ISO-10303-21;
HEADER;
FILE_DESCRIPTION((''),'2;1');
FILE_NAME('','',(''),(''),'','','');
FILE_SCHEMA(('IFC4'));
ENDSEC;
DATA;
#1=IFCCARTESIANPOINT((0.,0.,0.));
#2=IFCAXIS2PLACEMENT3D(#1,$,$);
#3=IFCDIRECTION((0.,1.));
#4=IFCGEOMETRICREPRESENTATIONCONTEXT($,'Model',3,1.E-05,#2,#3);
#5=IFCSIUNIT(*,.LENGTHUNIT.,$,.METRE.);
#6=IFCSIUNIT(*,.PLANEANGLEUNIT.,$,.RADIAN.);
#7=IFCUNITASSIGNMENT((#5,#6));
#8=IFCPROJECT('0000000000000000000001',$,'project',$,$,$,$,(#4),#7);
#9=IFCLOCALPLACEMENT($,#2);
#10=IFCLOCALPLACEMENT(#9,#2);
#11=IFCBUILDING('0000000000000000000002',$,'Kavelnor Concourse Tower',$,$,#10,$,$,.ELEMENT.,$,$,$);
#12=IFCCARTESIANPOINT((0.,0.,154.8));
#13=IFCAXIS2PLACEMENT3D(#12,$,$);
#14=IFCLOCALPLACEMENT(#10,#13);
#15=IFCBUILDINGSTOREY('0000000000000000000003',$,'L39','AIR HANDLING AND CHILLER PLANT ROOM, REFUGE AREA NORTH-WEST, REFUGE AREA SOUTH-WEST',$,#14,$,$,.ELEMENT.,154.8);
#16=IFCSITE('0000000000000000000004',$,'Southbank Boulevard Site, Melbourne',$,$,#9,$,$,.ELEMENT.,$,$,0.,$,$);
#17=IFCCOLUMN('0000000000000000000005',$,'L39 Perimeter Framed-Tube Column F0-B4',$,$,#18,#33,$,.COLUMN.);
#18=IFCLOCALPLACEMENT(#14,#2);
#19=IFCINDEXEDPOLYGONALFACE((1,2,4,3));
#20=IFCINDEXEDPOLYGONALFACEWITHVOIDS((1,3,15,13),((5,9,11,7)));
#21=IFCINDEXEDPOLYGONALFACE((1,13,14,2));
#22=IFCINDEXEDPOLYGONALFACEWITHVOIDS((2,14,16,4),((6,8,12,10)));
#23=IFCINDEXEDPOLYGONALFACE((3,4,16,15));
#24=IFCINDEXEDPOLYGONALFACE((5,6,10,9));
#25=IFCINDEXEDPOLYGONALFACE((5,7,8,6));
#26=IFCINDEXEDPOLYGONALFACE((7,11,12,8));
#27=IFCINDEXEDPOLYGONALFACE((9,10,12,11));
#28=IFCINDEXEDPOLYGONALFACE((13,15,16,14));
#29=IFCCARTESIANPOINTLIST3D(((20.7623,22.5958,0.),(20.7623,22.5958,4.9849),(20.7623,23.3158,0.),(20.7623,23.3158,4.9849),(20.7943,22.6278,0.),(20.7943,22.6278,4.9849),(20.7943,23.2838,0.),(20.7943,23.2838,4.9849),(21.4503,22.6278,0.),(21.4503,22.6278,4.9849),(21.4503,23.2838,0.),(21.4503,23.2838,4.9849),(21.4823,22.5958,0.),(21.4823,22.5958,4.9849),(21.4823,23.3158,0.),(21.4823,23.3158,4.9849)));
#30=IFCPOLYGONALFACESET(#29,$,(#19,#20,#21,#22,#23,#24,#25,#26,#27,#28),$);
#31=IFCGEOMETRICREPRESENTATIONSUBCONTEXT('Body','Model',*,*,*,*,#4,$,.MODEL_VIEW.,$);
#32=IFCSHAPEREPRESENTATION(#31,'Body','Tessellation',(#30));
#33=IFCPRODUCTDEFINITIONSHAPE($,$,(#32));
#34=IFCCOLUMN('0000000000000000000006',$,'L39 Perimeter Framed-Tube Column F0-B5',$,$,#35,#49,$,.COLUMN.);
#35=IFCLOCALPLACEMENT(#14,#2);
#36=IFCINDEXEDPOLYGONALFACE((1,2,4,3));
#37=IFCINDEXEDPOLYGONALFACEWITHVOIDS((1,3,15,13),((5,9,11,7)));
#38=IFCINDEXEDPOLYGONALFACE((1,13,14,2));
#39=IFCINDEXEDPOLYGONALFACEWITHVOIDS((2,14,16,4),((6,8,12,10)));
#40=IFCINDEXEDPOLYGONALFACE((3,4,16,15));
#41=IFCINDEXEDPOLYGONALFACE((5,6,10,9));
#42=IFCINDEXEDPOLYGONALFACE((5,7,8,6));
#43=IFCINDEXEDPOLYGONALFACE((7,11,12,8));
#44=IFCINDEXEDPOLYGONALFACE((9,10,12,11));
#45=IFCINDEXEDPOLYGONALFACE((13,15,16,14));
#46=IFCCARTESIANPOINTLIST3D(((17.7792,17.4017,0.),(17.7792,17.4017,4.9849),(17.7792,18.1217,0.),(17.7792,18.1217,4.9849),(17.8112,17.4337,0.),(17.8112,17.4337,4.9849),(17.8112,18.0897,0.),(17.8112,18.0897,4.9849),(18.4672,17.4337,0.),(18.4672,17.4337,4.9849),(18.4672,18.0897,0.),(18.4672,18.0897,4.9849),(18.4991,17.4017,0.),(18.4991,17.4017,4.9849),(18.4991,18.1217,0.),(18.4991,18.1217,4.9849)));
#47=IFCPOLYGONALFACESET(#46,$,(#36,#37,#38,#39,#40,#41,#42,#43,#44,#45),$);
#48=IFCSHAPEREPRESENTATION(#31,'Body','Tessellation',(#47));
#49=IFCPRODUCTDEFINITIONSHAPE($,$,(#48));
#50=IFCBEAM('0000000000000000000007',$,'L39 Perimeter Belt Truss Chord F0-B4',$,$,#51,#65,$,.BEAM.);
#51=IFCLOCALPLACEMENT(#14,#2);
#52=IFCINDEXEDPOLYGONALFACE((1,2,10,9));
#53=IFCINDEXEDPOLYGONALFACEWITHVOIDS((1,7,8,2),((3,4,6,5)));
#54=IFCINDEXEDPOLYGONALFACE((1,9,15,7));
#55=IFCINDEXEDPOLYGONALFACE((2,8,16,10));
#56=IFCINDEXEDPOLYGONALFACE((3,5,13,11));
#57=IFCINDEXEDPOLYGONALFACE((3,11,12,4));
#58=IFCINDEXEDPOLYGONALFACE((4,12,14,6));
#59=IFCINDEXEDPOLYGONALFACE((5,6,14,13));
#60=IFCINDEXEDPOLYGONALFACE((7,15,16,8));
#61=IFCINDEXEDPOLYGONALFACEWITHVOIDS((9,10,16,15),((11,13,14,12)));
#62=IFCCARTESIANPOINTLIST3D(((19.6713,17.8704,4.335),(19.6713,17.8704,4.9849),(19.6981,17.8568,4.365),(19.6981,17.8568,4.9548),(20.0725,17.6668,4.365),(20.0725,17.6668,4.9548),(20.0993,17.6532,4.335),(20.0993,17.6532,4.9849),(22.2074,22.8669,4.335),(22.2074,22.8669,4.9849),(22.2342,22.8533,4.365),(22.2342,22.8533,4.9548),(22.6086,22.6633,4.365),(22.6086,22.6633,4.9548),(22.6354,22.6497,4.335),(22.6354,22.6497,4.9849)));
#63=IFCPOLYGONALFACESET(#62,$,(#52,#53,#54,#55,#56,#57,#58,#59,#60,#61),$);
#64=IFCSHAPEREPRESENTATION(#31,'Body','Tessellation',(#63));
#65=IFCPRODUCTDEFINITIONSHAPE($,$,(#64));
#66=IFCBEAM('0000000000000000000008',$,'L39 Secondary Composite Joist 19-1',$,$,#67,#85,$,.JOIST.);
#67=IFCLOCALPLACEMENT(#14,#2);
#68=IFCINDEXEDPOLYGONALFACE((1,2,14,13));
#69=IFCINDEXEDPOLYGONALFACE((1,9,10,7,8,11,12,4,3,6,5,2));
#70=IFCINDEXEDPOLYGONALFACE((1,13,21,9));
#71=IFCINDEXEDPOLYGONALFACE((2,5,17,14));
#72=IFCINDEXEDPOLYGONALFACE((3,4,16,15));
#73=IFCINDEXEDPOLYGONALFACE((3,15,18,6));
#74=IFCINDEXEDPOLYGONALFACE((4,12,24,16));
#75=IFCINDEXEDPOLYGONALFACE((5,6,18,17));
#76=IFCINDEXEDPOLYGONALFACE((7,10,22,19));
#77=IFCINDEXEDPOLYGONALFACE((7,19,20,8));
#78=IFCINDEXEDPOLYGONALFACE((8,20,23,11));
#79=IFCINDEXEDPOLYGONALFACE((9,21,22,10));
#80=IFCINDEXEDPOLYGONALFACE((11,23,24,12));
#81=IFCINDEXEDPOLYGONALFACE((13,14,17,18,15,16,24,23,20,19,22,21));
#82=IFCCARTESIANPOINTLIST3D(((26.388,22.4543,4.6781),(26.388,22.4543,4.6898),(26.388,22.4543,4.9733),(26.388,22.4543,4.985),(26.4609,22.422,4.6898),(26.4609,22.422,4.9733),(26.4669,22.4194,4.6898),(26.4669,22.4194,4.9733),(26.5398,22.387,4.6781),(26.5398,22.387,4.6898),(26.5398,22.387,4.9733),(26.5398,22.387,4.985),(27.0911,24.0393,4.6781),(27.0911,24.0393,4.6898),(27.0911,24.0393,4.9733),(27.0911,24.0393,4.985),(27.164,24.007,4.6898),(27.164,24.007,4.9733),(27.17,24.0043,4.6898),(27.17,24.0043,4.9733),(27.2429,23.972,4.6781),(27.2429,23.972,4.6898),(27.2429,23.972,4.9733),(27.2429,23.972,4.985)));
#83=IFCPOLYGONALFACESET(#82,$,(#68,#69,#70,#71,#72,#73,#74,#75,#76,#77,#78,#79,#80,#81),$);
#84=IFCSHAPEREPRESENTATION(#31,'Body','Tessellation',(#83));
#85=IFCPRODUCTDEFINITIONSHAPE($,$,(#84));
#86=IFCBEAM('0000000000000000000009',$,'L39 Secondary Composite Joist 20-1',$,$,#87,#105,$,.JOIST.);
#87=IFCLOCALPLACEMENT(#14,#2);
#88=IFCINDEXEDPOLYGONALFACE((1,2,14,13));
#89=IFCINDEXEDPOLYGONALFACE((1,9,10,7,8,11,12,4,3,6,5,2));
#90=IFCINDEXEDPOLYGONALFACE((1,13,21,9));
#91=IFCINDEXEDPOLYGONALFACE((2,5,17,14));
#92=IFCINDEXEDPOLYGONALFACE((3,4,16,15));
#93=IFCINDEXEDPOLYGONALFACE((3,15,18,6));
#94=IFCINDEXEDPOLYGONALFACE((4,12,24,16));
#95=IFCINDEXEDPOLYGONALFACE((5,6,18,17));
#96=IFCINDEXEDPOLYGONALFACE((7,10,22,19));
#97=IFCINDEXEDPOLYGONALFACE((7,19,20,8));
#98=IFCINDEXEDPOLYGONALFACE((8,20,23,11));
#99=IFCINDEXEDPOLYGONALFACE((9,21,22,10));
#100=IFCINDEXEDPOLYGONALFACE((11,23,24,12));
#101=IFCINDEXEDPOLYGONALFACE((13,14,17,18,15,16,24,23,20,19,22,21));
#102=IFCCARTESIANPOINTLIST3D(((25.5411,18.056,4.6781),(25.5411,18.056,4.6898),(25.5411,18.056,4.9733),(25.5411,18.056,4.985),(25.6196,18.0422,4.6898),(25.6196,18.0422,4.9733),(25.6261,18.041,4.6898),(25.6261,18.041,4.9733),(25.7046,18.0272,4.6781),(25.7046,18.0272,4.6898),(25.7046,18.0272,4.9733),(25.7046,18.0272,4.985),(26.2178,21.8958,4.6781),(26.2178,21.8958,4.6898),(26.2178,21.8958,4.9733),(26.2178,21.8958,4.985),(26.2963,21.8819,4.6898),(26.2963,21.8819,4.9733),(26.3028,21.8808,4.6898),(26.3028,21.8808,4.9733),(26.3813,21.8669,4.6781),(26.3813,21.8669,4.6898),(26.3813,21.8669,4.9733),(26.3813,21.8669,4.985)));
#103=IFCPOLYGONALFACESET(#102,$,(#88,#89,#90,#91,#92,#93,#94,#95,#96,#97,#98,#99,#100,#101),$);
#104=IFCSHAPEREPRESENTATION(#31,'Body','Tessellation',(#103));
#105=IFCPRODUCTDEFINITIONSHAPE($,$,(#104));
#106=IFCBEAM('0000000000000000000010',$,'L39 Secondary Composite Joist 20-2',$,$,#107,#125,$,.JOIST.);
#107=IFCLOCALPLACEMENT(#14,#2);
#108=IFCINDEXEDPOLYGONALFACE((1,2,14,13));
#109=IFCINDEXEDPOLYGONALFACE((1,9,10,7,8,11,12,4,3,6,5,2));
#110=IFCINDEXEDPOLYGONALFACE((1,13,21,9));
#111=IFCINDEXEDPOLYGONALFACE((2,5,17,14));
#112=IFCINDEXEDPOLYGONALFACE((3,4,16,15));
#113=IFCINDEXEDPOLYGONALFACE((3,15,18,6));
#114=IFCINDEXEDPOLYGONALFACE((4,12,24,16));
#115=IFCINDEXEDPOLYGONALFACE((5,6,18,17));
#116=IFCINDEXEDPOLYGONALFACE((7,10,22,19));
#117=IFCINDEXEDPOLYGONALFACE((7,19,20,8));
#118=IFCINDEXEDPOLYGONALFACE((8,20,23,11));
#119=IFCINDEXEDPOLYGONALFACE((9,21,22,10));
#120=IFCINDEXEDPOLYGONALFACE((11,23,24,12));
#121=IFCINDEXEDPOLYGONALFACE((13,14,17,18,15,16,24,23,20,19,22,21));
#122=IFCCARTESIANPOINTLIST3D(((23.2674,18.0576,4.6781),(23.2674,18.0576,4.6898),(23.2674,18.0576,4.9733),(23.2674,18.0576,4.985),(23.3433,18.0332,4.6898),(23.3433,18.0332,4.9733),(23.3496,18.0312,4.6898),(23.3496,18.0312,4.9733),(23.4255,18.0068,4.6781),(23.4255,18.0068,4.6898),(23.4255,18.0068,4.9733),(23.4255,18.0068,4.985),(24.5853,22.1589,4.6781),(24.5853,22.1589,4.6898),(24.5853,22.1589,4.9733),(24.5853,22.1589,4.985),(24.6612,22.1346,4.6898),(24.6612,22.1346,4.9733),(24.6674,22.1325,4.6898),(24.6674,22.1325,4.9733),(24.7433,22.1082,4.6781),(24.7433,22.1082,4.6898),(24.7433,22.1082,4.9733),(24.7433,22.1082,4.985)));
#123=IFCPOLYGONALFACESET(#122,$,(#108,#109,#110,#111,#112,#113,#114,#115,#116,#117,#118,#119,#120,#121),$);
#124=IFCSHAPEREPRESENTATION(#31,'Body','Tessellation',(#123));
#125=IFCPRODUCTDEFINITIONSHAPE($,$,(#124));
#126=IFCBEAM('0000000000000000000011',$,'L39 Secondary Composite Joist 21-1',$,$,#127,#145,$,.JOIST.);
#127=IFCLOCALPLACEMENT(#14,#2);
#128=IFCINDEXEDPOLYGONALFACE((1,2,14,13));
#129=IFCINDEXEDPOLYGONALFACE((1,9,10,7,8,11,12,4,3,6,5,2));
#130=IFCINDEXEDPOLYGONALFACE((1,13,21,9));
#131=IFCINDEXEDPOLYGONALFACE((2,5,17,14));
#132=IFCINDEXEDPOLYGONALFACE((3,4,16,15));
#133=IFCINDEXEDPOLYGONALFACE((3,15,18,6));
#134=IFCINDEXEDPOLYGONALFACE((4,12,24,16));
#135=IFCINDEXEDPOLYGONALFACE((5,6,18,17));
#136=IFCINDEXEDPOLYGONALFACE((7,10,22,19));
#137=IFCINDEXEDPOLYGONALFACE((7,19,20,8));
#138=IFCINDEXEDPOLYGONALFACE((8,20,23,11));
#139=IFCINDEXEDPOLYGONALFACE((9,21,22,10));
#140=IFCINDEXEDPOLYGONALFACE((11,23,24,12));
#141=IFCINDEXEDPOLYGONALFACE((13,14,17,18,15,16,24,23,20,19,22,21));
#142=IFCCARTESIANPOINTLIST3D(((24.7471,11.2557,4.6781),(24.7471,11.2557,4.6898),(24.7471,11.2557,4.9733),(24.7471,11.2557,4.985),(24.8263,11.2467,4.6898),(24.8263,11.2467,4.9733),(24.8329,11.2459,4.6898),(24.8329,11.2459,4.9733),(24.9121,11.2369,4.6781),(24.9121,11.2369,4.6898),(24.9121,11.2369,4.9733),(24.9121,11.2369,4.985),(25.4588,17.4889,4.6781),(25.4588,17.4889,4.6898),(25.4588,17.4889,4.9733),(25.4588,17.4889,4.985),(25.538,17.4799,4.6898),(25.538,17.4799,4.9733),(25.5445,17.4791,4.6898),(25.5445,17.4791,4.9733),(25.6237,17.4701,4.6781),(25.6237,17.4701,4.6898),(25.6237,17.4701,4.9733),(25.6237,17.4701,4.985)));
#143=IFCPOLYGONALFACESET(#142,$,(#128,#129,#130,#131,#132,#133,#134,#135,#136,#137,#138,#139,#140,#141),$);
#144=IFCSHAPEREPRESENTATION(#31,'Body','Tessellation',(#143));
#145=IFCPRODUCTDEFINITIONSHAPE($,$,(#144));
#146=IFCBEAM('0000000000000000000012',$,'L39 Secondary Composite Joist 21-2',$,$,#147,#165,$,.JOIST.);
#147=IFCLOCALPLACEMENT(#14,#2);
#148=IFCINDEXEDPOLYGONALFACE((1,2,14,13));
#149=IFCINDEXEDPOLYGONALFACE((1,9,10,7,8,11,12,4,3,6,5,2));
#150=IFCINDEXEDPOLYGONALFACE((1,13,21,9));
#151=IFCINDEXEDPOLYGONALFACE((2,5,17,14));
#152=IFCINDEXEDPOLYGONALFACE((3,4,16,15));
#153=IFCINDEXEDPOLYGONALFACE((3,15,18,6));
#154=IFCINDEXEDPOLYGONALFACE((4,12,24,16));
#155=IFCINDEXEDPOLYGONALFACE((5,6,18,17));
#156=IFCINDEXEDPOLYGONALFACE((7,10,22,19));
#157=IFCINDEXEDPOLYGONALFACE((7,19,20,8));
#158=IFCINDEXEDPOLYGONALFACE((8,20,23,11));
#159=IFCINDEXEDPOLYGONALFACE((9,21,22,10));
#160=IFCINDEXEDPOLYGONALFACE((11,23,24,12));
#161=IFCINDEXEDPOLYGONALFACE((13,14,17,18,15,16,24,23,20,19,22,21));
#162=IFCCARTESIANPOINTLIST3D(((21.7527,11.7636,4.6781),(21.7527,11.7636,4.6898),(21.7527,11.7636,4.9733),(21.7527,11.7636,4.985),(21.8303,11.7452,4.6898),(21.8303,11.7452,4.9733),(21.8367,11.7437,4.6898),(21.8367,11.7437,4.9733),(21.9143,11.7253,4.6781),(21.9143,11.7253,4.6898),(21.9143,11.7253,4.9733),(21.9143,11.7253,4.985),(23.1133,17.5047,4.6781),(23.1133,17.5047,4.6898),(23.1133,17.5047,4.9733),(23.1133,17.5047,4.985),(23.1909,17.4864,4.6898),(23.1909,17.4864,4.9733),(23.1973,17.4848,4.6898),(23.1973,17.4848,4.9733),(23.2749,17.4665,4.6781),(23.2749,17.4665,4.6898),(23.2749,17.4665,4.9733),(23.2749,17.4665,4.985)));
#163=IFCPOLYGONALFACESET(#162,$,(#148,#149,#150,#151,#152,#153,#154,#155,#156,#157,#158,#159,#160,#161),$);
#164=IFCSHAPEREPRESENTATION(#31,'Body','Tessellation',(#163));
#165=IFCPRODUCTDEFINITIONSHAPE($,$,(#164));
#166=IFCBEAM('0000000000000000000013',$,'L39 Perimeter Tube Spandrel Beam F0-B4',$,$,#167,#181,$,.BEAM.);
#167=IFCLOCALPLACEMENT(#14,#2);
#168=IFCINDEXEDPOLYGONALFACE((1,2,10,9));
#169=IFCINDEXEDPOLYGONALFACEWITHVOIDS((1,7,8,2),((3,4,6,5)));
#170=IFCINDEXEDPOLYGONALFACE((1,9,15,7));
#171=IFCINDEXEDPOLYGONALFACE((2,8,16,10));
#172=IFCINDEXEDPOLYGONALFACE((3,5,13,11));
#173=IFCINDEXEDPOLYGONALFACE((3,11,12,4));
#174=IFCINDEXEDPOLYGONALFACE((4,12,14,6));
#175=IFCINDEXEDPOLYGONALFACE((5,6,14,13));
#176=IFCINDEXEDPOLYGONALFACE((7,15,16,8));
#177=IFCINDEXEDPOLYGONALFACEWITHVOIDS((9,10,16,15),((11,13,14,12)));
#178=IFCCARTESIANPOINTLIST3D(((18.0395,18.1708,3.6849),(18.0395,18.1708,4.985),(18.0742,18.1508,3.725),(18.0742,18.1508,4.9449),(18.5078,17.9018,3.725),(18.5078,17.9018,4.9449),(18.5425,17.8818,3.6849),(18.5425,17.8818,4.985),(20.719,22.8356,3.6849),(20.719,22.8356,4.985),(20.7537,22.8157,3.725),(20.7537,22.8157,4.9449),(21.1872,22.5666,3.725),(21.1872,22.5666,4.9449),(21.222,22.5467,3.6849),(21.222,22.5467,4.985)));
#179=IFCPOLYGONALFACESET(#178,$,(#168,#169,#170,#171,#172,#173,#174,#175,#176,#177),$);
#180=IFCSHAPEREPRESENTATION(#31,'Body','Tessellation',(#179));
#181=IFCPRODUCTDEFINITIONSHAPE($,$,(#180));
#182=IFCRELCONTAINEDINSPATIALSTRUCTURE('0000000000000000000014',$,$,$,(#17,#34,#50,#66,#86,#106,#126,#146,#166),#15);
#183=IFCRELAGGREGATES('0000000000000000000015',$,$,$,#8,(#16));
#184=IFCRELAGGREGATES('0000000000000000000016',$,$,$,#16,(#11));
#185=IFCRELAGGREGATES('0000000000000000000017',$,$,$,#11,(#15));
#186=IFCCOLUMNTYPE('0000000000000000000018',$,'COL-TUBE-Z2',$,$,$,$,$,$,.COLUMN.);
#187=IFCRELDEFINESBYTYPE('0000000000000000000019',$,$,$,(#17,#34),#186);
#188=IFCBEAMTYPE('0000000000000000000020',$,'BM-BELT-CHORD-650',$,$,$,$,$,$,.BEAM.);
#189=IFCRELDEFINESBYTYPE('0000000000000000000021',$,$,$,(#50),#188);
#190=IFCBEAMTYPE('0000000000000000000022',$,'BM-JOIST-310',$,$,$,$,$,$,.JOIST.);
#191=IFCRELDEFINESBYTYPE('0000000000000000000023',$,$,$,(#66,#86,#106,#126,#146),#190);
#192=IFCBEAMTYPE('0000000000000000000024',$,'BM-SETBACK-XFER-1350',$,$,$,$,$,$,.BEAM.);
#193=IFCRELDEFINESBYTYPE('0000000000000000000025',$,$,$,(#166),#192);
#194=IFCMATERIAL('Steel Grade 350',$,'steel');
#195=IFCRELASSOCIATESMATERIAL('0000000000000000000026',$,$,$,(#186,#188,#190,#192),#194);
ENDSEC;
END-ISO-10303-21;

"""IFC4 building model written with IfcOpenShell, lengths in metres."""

from ifc_helpers import new_model, si_unit, direction, frame, origin, origin_2d, place, context, subcontext, project, spatial, hollow_rectangle, i_section, extrude, material, material_profile, profile_set, type_object, element, save


model = new_model("IFC4")

# Units and contexts
model_context = context("Model", 3, precision=1e-05, world=origin(), true_north=direction((0.0, 1.0)))
body_context = subcontext(model_context, "Body", "Model", "MODEL_VIEW")
ifc_project = project(units=[si_unit("LENGTHUNIT", "METRE"), si_unit("PLANEANGLEUNIT", "RADIAN")], contexts=[model_context])

# Site, building, storey
site_placement = place(None, origin())
site = spatial("IfcSite", under=ifc_project, at=site_placement, Name="Southbank Boulevard Site, Melbourne", CompositionType="ELEMENT", RefElevation=0.0)
building_placement = place(site_placement, origin())
building = spatial("IfcBuilding", under=site, at=building_placement, Name="Kavelnor Concourse Tower", CompositionType="ELEMENT")
storey_placement = place(building_placement, frame((0.0, 0.0, 154.8)))
storey = spatial("IfcBuildingStorey", under=building, at=storey_placement, Name="L39", Description="AIR HANDLING AND CHILLER PLANT ROOM, REFUGE AREA NORTH-WEST, REFUGE AREA SOUTH-WEST", CompositionType="ELEMENT", Elevation=154.8)

# Columns
ifc_material_1 = material(Name="Steel Grade 350", Category="steel")
ifc_material_profile_1 = material_profile(ifc_material_1, hollow_rectangle(XDim=0.72, YDim=0.72, WallThickness=0.032, at=origin_2d()), Name="SHS 720x720x32")
ifc_profile_set_1 = profile_set([ifc_material_profile_1], Name="Steel Grade 350")
column_type = type_object("IfcColumnType", Name="COL-TUBE-Z2", PredefinedType="COLUMN", material=ifc_profile_set_1)
for number, where, z_axis, x_axis, name in (
    (1, (21.1223, 22.9558, 0.0), (0.0, 0.0, 1.0), (1.0, 0.0, 0.0), "L39 Perimeter Framed-Tube Column F0-B4"),
    (2, (18.1392, 17.7617, 0.0), (0.0, 0.0, 1.0), (1.0, 0.0, 0.0), "L39 Perimeter Framed-Tube Column F0-B5"),
):
    element("IfcColumn", number, at=place(storey_placement, frame(where, z_axis=z_axis, x_axis=x_axis)), inside=storey, type_object=column_type, Name=name, PredefinedType="COLUMN", context=body_context, shape_type="SweptSolid", body=[
        extrude(hollow_rectangle(XDim=0.72, YDim=0.72, WallThickness=0.032, at=origin_2d()), origin(), (0.0, 0.0, 1.0), 4.9849),
    ])

# Beams
ifc_material_profile_2 = material_profile(ifc_material_1, hollow_rectangle(XDim=0.48, YDim=0.6499, WallThickness=0.03, at=origin_2d()), Name="RHS 650x480x30")
ifc_profile_set_2 = profile_set([ifc_material_profile_2], Name="Steel Grade 350")
beam_type_1 = type_object("IfcBeamType", Name="BM-BELT-CHORD-650", PredefinedType="BEAM", material=ifc_profile_set_2)
beam_1_placement = place(storey_placement, frame((22.4214, 22.7583, 4.6599), z_axis=(-0.452608, -0.89171, 0.0), x_axis=(0.89171, -0.452608, 0.0)))
element("IfcBeam", 3, at=beam_1_placement, inside=storey, type_object=beam_type_1, Name="L39 Perimeter Belt Truss Chord F0-B4", PredefinedType="BEAM", context=body_context, shape_type="SweptSolid", body=[
    extrude(hollow_rectangle(XDim=0.48, YDim=0.6499, WallThickness=0.03, at=origin_2d()), origin(), (0.0, 0.0, 1.0), 5.6033),
])
ifc_material_profile_3 = material_profile(ifc_material_1, i_section(OverallWidth=0.166, OverallDepth=0.3069, WebThickness=0.0066, FlangeThickness=0.0117, at=origin_2d()), Name="310UB46")
ifc_profile_set_3 = profile_set([ifc_material_profile_3], Name="Steel Grade 350")
beam_type_2 = type_object("IfcBeamType", Name="BM-JOIST-310", PredefinedType="JOIST", material=ifc_profile_set_3)
beam_2_placement = place(storey_placement, frame((27.167, 24.0056, 4.8315), z_axis=(-0.405511, -0.91409, 0.0), x_axis=(0.91409, -0.405511, 0.0)))
element("IfcBeam", 4, at=beam_2_placement, inside=storey, type_object=beam_type_2, Name="L39 Secondary Composite Joist 19-1", PredefinedType="JOIST", context=body_context, shape_type="SweptSolid", body=[
    extrude(i_section(OverallWidth=0.166, OverallDepth=0.3069, WebThickness=0.0066, FlangeThickness=0.0117, at=origin_2d()), origin(), (0.0, 0.0, 1.0), 1.7339),
])
beam_3_placement = place(storey_placement, frame((26.2996, 21.8813, 4.8315), z_axis=(-0.173571, -0.984821, 0.0), x_axis=(0.984821, -0.173571, 0.0)))
element("IfcBeam", 5, at=beam_3_placement, inside=storey, type_object=beam_type_2, Name="L39 Secondary Composite Joist 20-1", PredefinedType="JOIST", context=body_context, shape_type="SweptSolid", body=[
    extrude(i_section(OverallWidth=0.166, OverallDepth=0.3069, WebThickness=0.0066, FlangeThickness=0.0117, at=origin_2d()), origin(), (0.0, 0.0, 1.0), 3.8989),
])
beam_4_placement = place(storey_placement, frame((24.6643, 22.1335, 4.8315), z_axis=(-0.305923, -0.952056, 0.0), x_axis=(0.952056, -0.305923, 0.0)))
element("IfcBeam", 6, at=beam_4_placement, inside=storey, type_object=beam_type_2, Name="L39 Secondary Composite Joist 20-2", PredefinedType="JOIST", context=body_context, shape_type="SweptSolid", body=[
    extrude(i_section(OverallWidth=0.166, OverallDepth=0.3069, WebThickness=0.0066, FlangeThickness=0.0117, at=origin_2d()), origin(), (0.0, 0.0, 1.0), 4.3079),
])
beam_5_placement = place(storey_placement, frame((25.5413, 17.4795, 4.8315), z_axis=(-0.113438, -0.993545, 0.0), x_axis=(0.993545, -0.113438, 0.0)))
element("IfcBeam", 7, at=beam_5_placement, inside=storey, type_object=beam_type_2, Name="L39 Secondary Composite Joist 21-1", PredefinedType="JOIST", context=body_context, shape_type="SweptSolid", body=[
    extrude(i_section(OverallWidth=0.166, OverallDepth=0.3069, WebThickness=0.0066, FlangeThickness=0.0117, at=origin_2d()), origin(), (0.0, 0.0, 1.0), 6.2737),
])
beam_6_placement = place(storey_placement, frame((23.1941, 17.4856, 4.8315), z_axis=(-0.2306, -0.973049, 0.0), x_axis=(0.973049, -0.2306, 0.0)))
element("IfcBeam", 8, at=beam_6_placement, inside=storey, type_object=beam_type_2, Name="L39 Secondary Composite Joist 21-2", PredefinedType="JOIST", context=body_context, shape_type="SweptSolid", body=[
    extrude(i_section(OverallWidth=0.166, OverallDepth=0.3069, WebThickness=0.0066, FlangeThickness=0.0117, at=origin_2d()), origin(), (0.0, 0.0, 1.0), 5.9001),
])
ifc_material_profile_4 = material_profile(ifc_material_1, hollow_rectangle(XDim=0.5801, YDim=1.3, WallThickness=0.04, at=origin_2d()), Name="RHS 1300x580x40")
ifc_profile_set_4 = profile_set([ifc_material_profile_4], Name="Steel Grade 350")
beam_type_3 = type_object("IfcBeamType", Name="BM-SETBACK-XFER-1350", PredefinedType="BEAM", material=ifc_profile_set_4)
for number, where, z_axis, x_axis, name in (
    (9, (20.9705, 22.6912, 4.335), (-0.498078, -0.867132, 0.0), (0.867132, -0.498078, 0.0), "L39 Perimeter Tube Spandrel Beam F0-B4"),
):
    element("IfcBeam", number, at=place(storey_placement, frame(where, z_axis=z_axis, x_axis=x_axis)), inside=storey, type_object=beam_type_3, Name=name, PredefinedType="BEAM", context=body_context, shape_type="SweptSolid", body=[
        extrude(hollow_rectangle(XDim=0.5801, YDim=1.3, WallThickness=0.04, at=origin_2d()), origin(), (0.0, 0.0, 1.0), 5.3796),
    ])

save(model, "model.ifc")
